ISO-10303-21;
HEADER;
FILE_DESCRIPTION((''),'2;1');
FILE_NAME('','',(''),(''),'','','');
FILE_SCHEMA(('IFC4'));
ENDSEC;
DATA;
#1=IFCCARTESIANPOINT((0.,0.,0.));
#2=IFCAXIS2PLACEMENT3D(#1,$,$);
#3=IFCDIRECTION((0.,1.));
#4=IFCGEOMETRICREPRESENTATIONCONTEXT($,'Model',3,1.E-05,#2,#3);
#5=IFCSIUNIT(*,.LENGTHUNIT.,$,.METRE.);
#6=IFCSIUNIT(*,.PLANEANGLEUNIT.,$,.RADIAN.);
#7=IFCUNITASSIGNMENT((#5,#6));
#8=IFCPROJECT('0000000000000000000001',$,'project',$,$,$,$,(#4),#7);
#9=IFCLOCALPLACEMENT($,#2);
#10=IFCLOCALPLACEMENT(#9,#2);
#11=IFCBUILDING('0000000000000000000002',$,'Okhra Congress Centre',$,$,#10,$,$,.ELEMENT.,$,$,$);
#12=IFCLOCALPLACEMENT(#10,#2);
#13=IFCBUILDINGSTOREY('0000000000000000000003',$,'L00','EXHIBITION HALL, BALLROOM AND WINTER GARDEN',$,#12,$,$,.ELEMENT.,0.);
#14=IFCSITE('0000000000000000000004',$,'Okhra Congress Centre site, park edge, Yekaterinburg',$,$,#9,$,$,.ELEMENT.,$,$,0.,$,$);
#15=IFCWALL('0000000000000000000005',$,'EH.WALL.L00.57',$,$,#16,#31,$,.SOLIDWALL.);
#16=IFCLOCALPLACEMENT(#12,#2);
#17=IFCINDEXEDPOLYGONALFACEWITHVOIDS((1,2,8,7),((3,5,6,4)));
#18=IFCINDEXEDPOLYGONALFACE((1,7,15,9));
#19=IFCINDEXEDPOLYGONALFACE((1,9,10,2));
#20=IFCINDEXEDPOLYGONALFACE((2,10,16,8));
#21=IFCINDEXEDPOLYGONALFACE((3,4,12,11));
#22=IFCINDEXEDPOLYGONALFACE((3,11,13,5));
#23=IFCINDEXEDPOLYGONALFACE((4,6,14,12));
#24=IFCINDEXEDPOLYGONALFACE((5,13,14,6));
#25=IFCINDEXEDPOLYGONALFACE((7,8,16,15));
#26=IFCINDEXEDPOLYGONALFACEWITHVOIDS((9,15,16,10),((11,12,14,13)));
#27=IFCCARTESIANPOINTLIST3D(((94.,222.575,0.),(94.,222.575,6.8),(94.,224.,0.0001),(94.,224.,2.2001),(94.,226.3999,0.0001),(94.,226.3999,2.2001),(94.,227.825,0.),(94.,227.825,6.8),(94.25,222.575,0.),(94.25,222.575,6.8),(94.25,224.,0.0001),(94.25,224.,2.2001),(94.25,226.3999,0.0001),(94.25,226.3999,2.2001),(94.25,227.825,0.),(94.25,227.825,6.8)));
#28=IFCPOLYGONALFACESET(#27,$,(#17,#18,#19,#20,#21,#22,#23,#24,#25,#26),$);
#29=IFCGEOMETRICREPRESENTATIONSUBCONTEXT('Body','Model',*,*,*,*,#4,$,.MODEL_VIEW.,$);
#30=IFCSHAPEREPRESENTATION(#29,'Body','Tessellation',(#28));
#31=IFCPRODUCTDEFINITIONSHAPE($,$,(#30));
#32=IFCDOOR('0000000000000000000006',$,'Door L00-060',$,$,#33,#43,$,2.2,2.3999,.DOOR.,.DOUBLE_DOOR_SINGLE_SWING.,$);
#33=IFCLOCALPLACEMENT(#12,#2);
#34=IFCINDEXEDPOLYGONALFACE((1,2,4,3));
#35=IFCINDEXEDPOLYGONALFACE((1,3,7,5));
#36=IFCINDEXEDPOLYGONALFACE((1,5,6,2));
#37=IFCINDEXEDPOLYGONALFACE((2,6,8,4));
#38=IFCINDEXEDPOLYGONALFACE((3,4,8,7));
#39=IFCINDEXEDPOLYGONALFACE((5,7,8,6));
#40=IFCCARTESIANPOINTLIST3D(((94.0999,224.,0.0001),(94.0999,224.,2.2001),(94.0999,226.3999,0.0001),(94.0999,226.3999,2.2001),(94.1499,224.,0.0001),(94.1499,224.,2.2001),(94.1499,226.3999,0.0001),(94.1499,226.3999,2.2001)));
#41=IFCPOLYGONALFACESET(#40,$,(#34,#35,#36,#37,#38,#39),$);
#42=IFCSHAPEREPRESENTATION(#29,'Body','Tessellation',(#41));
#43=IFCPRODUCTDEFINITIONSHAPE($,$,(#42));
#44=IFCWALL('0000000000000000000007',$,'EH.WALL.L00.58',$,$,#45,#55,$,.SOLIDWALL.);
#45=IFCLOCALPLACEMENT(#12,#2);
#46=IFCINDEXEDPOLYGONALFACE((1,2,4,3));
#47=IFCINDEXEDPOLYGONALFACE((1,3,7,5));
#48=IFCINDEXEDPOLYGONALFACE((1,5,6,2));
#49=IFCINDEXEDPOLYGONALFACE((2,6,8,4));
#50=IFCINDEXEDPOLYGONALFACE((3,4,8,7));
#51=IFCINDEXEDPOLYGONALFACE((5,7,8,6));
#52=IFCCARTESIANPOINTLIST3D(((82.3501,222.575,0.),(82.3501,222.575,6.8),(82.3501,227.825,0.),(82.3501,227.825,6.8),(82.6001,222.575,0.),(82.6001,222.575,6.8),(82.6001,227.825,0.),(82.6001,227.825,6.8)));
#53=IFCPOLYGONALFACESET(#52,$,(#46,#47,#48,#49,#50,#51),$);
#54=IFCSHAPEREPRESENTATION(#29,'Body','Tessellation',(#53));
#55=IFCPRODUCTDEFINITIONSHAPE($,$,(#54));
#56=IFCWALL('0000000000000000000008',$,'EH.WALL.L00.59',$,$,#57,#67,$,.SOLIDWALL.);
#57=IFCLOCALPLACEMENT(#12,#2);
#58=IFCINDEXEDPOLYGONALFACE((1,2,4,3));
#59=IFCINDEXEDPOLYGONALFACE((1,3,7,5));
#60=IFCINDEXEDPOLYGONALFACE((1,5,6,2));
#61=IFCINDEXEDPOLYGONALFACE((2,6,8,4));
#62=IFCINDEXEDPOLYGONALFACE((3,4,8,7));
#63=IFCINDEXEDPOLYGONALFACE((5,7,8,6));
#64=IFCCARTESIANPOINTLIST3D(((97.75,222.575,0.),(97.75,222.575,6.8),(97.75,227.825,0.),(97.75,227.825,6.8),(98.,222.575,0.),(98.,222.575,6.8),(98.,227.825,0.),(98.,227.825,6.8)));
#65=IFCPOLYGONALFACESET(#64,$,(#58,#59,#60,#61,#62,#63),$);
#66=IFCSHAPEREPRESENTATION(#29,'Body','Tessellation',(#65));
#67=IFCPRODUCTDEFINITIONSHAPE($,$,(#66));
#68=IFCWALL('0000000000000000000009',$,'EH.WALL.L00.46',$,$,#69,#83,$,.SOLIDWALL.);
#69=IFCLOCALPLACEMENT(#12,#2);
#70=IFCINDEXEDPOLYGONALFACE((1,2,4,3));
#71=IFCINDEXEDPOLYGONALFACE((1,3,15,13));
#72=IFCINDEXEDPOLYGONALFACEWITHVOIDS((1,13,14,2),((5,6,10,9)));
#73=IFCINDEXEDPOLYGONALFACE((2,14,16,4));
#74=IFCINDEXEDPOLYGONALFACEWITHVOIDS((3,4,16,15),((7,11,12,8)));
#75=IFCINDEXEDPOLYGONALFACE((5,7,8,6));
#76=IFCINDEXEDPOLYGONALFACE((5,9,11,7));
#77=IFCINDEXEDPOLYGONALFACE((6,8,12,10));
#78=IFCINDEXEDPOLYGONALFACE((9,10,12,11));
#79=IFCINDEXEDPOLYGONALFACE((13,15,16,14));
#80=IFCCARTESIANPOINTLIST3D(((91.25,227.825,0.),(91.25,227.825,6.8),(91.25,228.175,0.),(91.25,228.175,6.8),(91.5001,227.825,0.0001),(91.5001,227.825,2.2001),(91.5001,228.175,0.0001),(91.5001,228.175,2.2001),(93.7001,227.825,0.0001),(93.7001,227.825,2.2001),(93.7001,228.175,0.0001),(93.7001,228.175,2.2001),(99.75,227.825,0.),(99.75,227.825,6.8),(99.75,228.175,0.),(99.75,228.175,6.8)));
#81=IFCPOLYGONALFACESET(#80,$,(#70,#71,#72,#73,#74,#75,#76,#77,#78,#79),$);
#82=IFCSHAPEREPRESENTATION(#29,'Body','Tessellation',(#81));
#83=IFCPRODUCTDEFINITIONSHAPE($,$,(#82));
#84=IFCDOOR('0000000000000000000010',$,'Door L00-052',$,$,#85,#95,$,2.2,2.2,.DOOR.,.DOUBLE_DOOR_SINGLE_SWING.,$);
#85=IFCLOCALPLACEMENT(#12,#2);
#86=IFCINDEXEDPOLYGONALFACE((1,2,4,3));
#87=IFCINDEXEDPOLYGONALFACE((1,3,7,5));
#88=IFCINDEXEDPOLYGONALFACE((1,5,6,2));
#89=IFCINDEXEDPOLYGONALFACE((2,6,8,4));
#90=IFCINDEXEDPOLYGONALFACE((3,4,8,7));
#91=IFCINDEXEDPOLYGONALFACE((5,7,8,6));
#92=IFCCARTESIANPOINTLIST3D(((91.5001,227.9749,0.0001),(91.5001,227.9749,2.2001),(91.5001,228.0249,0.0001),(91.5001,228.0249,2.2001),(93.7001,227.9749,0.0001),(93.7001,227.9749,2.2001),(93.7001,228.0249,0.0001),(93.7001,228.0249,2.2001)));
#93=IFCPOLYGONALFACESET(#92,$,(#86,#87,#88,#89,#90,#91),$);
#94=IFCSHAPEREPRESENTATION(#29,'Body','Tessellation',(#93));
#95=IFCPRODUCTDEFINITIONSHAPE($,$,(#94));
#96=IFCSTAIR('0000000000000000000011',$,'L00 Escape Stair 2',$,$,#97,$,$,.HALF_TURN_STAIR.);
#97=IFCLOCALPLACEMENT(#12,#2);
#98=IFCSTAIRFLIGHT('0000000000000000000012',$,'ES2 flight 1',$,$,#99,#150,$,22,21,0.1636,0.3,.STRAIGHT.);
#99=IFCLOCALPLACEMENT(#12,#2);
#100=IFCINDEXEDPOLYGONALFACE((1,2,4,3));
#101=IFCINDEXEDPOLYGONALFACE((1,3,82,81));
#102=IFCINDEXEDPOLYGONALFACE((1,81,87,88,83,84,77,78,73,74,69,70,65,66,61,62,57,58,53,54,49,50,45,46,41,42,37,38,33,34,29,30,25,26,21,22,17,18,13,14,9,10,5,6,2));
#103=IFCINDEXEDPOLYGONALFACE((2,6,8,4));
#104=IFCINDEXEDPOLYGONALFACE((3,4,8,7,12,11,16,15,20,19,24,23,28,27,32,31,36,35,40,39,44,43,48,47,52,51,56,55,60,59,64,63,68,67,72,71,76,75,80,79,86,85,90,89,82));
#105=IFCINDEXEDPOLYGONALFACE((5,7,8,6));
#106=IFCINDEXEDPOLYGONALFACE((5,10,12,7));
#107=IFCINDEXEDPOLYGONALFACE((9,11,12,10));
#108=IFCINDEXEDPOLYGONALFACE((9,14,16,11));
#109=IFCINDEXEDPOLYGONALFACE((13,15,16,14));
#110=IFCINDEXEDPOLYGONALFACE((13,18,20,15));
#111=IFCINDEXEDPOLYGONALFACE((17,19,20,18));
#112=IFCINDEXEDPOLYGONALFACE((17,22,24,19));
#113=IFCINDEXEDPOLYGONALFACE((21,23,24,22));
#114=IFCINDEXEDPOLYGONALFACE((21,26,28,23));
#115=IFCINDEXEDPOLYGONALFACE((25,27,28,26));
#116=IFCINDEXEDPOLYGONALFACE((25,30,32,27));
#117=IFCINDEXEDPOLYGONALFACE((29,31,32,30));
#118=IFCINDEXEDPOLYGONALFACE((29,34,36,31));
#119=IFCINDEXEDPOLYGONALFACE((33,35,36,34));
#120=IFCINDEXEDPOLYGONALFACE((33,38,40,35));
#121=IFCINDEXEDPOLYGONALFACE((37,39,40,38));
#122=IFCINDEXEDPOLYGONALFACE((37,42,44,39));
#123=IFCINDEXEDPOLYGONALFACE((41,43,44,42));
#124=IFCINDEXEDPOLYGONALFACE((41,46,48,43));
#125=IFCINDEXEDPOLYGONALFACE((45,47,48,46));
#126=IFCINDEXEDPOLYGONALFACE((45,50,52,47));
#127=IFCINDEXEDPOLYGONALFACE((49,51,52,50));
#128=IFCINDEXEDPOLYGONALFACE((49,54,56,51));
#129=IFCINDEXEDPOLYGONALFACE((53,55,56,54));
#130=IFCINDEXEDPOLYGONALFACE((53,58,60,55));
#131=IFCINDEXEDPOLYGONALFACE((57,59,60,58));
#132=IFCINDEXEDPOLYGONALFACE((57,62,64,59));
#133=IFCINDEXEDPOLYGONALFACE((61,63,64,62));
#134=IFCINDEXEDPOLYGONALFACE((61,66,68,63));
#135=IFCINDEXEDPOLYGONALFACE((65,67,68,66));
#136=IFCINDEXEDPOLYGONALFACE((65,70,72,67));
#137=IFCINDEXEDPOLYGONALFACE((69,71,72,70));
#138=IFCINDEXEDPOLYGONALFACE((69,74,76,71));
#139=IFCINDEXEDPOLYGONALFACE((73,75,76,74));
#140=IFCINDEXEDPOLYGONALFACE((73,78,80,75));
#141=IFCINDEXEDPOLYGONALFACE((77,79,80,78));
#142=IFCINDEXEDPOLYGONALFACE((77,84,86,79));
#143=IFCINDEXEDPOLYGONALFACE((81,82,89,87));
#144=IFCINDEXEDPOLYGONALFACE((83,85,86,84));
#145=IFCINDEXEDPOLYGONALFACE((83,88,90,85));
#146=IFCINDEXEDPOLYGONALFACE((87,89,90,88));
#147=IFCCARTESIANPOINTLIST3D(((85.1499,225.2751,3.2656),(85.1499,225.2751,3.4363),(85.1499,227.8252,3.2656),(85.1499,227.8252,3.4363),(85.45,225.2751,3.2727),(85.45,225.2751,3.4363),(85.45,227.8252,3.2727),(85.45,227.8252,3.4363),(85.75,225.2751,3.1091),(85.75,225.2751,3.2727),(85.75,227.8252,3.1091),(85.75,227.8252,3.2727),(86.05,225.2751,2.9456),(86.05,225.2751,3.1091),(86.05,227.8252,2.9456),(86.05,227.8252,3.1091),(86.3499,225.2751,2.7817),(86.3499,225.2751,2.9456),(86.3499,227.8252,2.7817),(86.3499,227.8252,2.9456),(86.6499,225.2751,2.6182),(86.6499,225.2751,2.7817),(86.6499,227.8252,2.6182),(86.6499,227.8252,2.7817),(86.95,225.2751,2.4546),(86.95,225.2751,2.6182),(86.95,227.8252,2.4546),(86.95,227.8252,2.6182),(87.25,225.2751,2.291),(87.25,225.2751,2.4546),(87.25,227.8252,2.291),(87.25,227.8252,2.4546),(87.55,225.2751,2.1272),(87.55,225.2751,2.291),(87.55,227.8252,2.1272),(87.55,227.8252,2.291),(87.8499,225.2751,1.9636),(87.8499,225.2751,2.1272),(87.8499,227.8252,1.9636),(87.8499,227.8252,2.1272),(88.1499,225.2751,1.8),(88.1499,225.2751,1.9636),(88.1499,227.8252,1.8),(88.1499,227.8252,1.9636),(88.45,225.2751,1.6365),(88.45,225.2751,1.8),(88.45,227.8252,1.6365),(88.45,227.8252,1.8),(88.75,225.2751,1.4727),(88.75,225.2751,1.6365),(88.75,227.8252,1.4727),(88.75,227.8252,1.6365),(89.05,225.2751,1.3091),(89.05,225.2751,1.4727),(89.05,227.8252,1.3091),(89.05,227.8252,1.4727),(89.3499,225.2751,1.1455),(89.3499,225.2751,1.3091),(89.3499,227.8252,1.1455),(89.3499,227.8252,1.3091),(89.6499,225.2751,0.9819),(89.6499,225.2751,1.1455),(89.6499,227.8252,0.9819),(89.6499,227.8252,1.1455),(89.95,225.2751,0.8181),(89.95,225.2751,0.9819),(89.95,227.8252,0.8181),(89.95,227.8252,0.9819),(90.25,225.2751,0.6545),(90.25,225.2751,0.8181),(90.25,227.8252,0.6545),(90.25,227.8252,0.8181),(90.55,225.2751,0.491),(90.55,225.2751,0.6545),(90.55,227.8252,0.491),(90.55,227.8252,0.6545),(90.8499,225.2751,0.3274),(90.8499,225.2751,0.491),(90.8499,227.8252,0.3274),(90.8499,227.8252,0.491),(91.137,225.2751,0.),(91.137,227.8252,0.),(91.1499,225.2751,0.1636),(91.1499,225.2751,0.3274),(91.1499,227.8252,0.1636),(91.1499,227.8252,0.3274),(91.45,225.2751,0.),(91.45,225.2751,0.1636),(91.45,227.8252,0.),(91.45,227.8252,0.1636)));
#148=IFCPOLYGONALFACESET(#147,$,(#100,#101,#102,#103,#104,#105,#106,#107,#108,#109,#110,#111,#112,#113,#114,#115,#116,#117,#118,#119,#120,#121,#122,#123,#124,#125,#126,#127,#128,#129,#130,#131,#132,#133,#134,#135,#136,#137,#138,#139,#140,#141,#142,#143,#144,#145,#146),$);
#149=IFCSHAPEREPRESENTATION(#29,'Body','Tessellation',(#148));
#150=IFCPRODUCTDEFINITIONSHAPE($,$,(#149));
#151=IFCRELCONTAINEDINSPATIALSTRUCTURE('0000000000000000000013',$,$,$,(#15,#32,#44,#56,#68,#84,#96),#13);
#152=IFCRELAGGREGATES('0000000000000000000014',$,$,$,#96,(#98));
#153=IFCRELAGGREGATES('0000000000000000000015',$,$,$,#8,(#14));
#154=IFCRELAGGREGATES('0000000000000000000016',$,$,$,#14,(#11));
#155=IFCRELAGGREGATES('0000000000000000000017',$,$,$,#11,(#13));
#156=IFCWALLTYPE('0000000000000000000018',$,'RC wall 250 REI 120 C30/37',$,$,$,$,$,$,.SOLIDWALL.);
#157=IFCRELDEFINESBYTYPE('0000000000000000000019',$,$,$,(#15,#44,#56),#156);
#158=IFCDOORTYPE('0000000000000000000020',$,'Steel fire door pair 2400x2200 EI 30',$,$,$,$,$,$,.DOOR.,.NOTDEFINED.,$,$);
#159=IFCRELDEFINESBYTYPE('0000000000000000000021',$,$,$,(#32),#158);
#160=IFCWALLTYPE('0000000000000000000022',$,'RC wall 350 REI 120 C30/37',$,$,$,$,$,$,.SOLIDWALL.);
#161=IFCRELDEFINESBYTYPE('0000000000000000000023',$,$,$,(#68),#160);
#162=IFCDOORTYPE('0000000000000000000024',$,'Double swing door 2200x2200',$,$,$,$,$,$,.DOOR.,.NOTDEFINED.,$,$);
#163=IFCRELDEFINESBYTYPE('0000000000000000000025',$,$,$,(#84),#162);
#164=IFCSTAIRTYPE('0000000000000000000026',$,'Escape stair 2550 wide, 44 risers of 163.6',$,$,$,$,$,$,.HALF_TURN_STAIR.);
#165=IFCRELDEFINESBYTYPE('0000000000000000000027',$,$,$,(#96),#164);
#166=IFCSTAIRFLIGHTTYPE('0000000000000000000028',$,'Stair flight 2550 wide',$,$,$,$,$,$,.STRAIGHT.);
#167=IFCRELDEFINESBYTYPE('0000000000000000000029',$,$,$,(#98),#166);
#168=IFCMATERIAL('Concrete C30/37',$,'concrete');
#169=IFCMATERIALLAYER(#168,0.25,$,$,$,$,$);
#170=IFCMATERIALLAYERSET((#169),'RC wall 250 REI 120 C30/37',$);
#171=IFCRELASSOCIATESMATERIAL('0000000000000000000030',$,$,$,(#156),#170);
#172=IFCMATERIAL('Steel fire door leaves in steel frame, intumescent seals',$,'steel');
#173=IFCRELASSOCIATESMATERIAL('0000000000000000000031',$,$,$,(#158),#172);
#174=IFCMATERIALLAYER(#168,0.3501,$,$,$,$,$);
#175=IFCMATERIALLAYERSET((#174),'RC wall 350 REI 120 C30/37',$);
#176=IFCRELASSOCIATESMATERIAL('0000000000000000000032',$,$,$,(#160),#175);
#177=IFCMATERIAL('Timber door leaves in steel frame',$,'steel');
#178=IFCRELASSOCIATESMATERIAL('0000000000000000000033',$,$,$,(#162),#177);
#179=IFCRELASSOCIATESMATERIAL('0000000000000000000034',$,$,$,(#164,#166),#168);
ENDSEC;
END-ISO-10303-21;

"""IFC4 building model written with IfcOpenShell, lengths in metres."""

from ifc_helpers import new_model, si_unit, direction, frame, frame_2d, origin, place, context, subcontext, project, spatial, polyline, rectangle, outline, extrude, material, layer, layer_set, type_object, element, fill, aggregate, save


model = new_model("IFC4")

# Units and contexts
model_context = context("Model", 3, precision=1e-05, world=origin(), true_north=direction((0.0, 1.0)))
body_context = subcontext(model_context, "Body", "Model", "MODEL_VIEW")
ifc_project = project(units=[si_unit("LENGTHUNIT", "METRE"), si_unit("PLANEANGLEUNIT", "RADIAN")], contexts=[model_context])

# Site, building, storey
site_placement = place(None, origin())
site = spatial("IfcSite", under=ifc_project, at=site_placement, Name="Okhra Congress Centre site, park edge, Yekaterinburg", CompositionType="ELEMENT", RefElevation=0.0)
building_placement = place(site_placement, origin())
building = spatial("IfcBuilding", under=site, at=building_placement, Name="Okhra Congress Centre", CompositionType="ELEMENT")
storey_placement = place(building_placement, origin())
storey = spatial("IfcBuildingStorey", under=building, at=storey_placement, Name="L00", Description="EXHIBITION HALL, BALLROOM AND WINTER GARDEN", CompositionType="ELEMENT", Elevation=0.0)

# Shared definitions
ifc_material_1 = material(Name="Concrete C30/37", Category="concrete")

# Wall, opening, door
ifc_layer_1 = layer(ifc_material_1, 0.25)
ifc_layer_set_1 = layer_set([ifc_layer_1], Name="RC wall 250 REI 120 C30/37")
wall_type_1 = type_object("IfcWallType", Name="RC wall 250 REI 120 C30/37", PredefinedType="SOLIDWALL", material=ifc_layer_set_1)
ifc_material_2 = material(Name="Steel fire door leaves in steel frame, intumescent seals", Category="steel")
door_type_1 = type_object("IfcDoorType", Name="Steel fire door pair 2400x2200 EI 30", OperationType="NOTDEFINED", PredefinedType="DOOR", material=ifc_material_2)
wall_1_placement = place(storey_placement, frame((94.125, 222.575, 0.0), z_axis=(0.0, 0.0, 1.0), x_axis=(0.0, 1.0, 0.0)))
wall_1 = element("IfcWall", 1, at=wall_1_placement, inside=storey, type_object=wall_type_1, Name="EH.WALL.L00.57", PredefinedType="SOLIDWALL", context=body_context, shape_type="SweptSolid", body=[
    extrude(rectangle(XDim=5.25, YDim=0.25, at=frame_2d((2.625, 0.0))), origin(), (0.0, 0.0, 1.0), 6.8),
])
opening_1_placement = place(wall_1_placement, frame((1.425, 0.0, 0.0)))
opening_1 = element("IfcOpeningElement", 2, at=opening_1_placement, cuts=wall_1, PredefinedType="OPENING", context=body_context, shape_type="SweptSolid", body=[
    extrude(rectangle(XDim=2.3999, YDim=2.2, at=frame_2d((1.2, 1.1001))), frame((0.0, 0.135, 0.0), z_axis=(0.0, -1.0, 0.0), x_axis=(1.0, 0.0, 0.0)), (0.0, 0.0, 1.0), 0.27),
])
door_1_placement = place(opening_1_placement, frame((2.3999, 0.0, 0.0), z_axis=(0.0, 0.0, 1.0), x_axis=(-1.0, 0.0, 0.0)))
door_1 = element("IfcDoor", 3, at=door_1_placement, inside=storey, type_object=door_type_1, Name="Door L00-060", OperationType="DOUBLE_DOOR_SINGLE_SWING", OverallHeight=2.2, OverallWidth=2.3999, PredefinedType="DOOR", context=body_context, shape_type="SweptSolid", body=[
    extrude(rectangle(XDim=2.3999, YDim=2.2, at=frame_2d((1.2, 1.1001))), frame((0.0, 0.0249, 0.0), z_axis=(0.0, -1.0, 0.0), x_axis=(1.0, 0.0, 0.0)), (0.0, 0.0, 1.0), 0.05),
])
fill(opening_1, door_1)

# Walls
for number, where, z_axis, x_axis, name in (
    (4, (82.4751, 222.575, 0.0), (0.0, 0.0, 1.0), (0.0, 1.0, 0.0), "EH.WALL.L00.58"),
    (5, (97.875, 222.575, 0.0), (0.0, 0.0, 1.0), (0.0, 1.0, 0.0), "EH.WALL.L00.59"),
):
    element("IfcWall", number, at=place(storey_placement, frame(where, z_axis=z_axis, x_axis=x_axis)), inside=storey, type_object=wall_type_1, Name=name, PredefinedType="SOLIDWALL", context=body_context, shape_type="SweptSolid", body=[
        extrude(rectangle(XDim=5.25, YDim=0.25, at=frame_2d((2.625, 0.0))), origin(), (0.0, 0.0, 1.0), 6.8),
    ])

# Wall, opening, door
ifc_layer_2 = layer(ifc_material_1, 0.3501)
ifc_layer_set_2 = layer_set([ifc_layer_2], Name="RC wall 350 REI 120 C30/37")
wall_type_2 = type_object("IfcWallType", Name="RC wall 350 REI 120 C30/37", PredefinedType="SOLIDWALL", material=ifc_layer_set_2)
wall_2_placement = place(storey_placement, frame((91.25, 228.0, 0.0), z_axis=(0.0, 0.0, 1.0), x_axis=(1.0, 0.0, 0.0)))
wall_2 = element("IfcWall", 6, at=wall_2_placement, inside=storey, type_object=wall_type_2, Name="EH.WALL.L00.46", PredefinedType="SOLIDWALL", context=body_context, shape_type="SweptSolid", body=[
    extrude(rectangle(XDim=8.5, YDim=0.3501, at=frame_2d((4.25, 0.0))), origin(), (0.0, 0.0, 1.0), 6.8),
])
opening_2_placement = place(wall_2_placement, frame((0.25, 0.0, 0.0)))
opening_2 = element("IfcOpeningElement", 7, at=opening_2_placement, cuts=wall_2, PredefinedType="OPENING", context=body_context, shape_type="SweptSolid", body=[
    extrude(rectangle(XDim=2.2, YDim=2.2, at=frame_2d((1.1001, 1.1001))), frame((0.0, 0.1851, 0.0), z_axis=(0.0, -1.0, 0.0), x_axis=(1.0, 0.0, 0.0)), (0.0, 0.0, 1.0), 0.3701),
])
ifc_material_3 = material(Name="Timber door leaves in steel frame", Category="steel")
door_type_2 = type_object("IfcDoorType", Name="Double swing door 2200x2200", OperationType="NOTDEFINED", PredefinedType="DOOR", material=ifc_material_3)
door_2_placement = place(opening_2_placement, origin())
door_2 = element("IfcDoor", 8, at=door_2_placement, inside=storey, type_object=door_type_2, Name="Door L00-052", OperationType="DOUBLE_DOOR_SINGLE_SWING", OverallHeight=2.2, OverallWidth=2.2, PredefinedType="DOOR", context=body_context, shape_type="SweptSolid", body=[
    extrude(rectangle(XDim=2.2, YDim=2.2, at=frame_2d((1.1001, 1.1001))), frame((0.0, 0.0249, 0.0), z_axis=(0.0, -1.0, 0.0), x_axis=(1.0, 0.0, 0.0)), (0.0, 0.0, 1.0), 0.05),
])
fill(opening_2, door_2)

# Stair, stair flight
stair_type = type_object("IfcStairType", Name="Escape stair 2550 wide, 44 risers of 163.6", PredefinedType="HALF_TURN_STAIR", material=ifc_material_1)
stair_placement = place(storey_placement, origin())
stair = element("IfcStair", 9, at=stair_placement, inside=storey, type_object=stair_type, Name="L00 Escape Stair 2", PredefinedType="HALF_TURN_STAIR")
stair_flight_type = type_object("IfcStairFlightType", Name="Stair flight 2550 wide", PredefinedType="STRAIGHT", material=ifc_material_1)
stair_flight_1_placement = place(storey_placement, frame((91.45, 226.55, 0.0), z_axis=(0.0, 0.0, 1.0), x_axis=(-1.0, 0.0, 0.0)))
stair_flight_1 = element("IfcStairFlight", 10, at=stair_flight_1_placement, type_object=stair_flight_type, Name="ES2 flight 1", NumberOfRisers=22, NumberOfTreads=21, PredefinedType="STRAIGHT", RiserHeight=0.1636, TreadLength=0.3, context=body_context, shape_type="SweptSolid", body=[
    extrude(outline(polyline([(0.0, 0.0), (0.0, 0.1636), (0.3, 0.1636), (0.3, 0.3274), (0.6001, 0.3274), (0.6001, 0.491), (0.8999, 0.491), (0.8999, 0.6545), (1.2, 0.6545), (1.2, 0.8181), (1.5, 0.8181), (1.5, 0.9819), (1.8, 0.9819), (1.8, 1.1455), (2.1001, 1.1455), (2.1001, 1.3091), (2.3999, 1.3091), (2.3999, 1.4727), (2.7, 1.4727), (2.7, 1.6365), (3.0, 1.6365), (3.0, 1.8), (3.3, 1.8), (3.3, 1.9636), (3.6001, 1.9636), (3.6001, 2.1272), (3.8999, 2.1272), (3.8999, 2.291), (4.2, 2.291), (4.2, 2.4546), (4.5, 2.4546), (4.5, 2.6182), (4.8, 2.6182), (4.8, 2.7817), (5.1001, 2.7817), (5.1001, 2.9456), (5.3999, 2.9456), (5.3999, 3.1091), (5.7, 3.1091), (5.7, 3.2727), (6.0, 3.2727), (6.0, 3.4363), (6.3, 3.4363), (6.3, 3.6001), (6.3, 3.2656), (0.313, 0.0), (0.0, 0.0)])), frame((0.0, 1.2749, 0.0), z_axis=(0.0, -1.0, 0.0), x_axis=(1.0, 0.0, 0.0)), (0.0, 0.0, 1.0), 2.55),
])
aggregate(stair, [stair_flight_1])

save(model, "model.ifc")
